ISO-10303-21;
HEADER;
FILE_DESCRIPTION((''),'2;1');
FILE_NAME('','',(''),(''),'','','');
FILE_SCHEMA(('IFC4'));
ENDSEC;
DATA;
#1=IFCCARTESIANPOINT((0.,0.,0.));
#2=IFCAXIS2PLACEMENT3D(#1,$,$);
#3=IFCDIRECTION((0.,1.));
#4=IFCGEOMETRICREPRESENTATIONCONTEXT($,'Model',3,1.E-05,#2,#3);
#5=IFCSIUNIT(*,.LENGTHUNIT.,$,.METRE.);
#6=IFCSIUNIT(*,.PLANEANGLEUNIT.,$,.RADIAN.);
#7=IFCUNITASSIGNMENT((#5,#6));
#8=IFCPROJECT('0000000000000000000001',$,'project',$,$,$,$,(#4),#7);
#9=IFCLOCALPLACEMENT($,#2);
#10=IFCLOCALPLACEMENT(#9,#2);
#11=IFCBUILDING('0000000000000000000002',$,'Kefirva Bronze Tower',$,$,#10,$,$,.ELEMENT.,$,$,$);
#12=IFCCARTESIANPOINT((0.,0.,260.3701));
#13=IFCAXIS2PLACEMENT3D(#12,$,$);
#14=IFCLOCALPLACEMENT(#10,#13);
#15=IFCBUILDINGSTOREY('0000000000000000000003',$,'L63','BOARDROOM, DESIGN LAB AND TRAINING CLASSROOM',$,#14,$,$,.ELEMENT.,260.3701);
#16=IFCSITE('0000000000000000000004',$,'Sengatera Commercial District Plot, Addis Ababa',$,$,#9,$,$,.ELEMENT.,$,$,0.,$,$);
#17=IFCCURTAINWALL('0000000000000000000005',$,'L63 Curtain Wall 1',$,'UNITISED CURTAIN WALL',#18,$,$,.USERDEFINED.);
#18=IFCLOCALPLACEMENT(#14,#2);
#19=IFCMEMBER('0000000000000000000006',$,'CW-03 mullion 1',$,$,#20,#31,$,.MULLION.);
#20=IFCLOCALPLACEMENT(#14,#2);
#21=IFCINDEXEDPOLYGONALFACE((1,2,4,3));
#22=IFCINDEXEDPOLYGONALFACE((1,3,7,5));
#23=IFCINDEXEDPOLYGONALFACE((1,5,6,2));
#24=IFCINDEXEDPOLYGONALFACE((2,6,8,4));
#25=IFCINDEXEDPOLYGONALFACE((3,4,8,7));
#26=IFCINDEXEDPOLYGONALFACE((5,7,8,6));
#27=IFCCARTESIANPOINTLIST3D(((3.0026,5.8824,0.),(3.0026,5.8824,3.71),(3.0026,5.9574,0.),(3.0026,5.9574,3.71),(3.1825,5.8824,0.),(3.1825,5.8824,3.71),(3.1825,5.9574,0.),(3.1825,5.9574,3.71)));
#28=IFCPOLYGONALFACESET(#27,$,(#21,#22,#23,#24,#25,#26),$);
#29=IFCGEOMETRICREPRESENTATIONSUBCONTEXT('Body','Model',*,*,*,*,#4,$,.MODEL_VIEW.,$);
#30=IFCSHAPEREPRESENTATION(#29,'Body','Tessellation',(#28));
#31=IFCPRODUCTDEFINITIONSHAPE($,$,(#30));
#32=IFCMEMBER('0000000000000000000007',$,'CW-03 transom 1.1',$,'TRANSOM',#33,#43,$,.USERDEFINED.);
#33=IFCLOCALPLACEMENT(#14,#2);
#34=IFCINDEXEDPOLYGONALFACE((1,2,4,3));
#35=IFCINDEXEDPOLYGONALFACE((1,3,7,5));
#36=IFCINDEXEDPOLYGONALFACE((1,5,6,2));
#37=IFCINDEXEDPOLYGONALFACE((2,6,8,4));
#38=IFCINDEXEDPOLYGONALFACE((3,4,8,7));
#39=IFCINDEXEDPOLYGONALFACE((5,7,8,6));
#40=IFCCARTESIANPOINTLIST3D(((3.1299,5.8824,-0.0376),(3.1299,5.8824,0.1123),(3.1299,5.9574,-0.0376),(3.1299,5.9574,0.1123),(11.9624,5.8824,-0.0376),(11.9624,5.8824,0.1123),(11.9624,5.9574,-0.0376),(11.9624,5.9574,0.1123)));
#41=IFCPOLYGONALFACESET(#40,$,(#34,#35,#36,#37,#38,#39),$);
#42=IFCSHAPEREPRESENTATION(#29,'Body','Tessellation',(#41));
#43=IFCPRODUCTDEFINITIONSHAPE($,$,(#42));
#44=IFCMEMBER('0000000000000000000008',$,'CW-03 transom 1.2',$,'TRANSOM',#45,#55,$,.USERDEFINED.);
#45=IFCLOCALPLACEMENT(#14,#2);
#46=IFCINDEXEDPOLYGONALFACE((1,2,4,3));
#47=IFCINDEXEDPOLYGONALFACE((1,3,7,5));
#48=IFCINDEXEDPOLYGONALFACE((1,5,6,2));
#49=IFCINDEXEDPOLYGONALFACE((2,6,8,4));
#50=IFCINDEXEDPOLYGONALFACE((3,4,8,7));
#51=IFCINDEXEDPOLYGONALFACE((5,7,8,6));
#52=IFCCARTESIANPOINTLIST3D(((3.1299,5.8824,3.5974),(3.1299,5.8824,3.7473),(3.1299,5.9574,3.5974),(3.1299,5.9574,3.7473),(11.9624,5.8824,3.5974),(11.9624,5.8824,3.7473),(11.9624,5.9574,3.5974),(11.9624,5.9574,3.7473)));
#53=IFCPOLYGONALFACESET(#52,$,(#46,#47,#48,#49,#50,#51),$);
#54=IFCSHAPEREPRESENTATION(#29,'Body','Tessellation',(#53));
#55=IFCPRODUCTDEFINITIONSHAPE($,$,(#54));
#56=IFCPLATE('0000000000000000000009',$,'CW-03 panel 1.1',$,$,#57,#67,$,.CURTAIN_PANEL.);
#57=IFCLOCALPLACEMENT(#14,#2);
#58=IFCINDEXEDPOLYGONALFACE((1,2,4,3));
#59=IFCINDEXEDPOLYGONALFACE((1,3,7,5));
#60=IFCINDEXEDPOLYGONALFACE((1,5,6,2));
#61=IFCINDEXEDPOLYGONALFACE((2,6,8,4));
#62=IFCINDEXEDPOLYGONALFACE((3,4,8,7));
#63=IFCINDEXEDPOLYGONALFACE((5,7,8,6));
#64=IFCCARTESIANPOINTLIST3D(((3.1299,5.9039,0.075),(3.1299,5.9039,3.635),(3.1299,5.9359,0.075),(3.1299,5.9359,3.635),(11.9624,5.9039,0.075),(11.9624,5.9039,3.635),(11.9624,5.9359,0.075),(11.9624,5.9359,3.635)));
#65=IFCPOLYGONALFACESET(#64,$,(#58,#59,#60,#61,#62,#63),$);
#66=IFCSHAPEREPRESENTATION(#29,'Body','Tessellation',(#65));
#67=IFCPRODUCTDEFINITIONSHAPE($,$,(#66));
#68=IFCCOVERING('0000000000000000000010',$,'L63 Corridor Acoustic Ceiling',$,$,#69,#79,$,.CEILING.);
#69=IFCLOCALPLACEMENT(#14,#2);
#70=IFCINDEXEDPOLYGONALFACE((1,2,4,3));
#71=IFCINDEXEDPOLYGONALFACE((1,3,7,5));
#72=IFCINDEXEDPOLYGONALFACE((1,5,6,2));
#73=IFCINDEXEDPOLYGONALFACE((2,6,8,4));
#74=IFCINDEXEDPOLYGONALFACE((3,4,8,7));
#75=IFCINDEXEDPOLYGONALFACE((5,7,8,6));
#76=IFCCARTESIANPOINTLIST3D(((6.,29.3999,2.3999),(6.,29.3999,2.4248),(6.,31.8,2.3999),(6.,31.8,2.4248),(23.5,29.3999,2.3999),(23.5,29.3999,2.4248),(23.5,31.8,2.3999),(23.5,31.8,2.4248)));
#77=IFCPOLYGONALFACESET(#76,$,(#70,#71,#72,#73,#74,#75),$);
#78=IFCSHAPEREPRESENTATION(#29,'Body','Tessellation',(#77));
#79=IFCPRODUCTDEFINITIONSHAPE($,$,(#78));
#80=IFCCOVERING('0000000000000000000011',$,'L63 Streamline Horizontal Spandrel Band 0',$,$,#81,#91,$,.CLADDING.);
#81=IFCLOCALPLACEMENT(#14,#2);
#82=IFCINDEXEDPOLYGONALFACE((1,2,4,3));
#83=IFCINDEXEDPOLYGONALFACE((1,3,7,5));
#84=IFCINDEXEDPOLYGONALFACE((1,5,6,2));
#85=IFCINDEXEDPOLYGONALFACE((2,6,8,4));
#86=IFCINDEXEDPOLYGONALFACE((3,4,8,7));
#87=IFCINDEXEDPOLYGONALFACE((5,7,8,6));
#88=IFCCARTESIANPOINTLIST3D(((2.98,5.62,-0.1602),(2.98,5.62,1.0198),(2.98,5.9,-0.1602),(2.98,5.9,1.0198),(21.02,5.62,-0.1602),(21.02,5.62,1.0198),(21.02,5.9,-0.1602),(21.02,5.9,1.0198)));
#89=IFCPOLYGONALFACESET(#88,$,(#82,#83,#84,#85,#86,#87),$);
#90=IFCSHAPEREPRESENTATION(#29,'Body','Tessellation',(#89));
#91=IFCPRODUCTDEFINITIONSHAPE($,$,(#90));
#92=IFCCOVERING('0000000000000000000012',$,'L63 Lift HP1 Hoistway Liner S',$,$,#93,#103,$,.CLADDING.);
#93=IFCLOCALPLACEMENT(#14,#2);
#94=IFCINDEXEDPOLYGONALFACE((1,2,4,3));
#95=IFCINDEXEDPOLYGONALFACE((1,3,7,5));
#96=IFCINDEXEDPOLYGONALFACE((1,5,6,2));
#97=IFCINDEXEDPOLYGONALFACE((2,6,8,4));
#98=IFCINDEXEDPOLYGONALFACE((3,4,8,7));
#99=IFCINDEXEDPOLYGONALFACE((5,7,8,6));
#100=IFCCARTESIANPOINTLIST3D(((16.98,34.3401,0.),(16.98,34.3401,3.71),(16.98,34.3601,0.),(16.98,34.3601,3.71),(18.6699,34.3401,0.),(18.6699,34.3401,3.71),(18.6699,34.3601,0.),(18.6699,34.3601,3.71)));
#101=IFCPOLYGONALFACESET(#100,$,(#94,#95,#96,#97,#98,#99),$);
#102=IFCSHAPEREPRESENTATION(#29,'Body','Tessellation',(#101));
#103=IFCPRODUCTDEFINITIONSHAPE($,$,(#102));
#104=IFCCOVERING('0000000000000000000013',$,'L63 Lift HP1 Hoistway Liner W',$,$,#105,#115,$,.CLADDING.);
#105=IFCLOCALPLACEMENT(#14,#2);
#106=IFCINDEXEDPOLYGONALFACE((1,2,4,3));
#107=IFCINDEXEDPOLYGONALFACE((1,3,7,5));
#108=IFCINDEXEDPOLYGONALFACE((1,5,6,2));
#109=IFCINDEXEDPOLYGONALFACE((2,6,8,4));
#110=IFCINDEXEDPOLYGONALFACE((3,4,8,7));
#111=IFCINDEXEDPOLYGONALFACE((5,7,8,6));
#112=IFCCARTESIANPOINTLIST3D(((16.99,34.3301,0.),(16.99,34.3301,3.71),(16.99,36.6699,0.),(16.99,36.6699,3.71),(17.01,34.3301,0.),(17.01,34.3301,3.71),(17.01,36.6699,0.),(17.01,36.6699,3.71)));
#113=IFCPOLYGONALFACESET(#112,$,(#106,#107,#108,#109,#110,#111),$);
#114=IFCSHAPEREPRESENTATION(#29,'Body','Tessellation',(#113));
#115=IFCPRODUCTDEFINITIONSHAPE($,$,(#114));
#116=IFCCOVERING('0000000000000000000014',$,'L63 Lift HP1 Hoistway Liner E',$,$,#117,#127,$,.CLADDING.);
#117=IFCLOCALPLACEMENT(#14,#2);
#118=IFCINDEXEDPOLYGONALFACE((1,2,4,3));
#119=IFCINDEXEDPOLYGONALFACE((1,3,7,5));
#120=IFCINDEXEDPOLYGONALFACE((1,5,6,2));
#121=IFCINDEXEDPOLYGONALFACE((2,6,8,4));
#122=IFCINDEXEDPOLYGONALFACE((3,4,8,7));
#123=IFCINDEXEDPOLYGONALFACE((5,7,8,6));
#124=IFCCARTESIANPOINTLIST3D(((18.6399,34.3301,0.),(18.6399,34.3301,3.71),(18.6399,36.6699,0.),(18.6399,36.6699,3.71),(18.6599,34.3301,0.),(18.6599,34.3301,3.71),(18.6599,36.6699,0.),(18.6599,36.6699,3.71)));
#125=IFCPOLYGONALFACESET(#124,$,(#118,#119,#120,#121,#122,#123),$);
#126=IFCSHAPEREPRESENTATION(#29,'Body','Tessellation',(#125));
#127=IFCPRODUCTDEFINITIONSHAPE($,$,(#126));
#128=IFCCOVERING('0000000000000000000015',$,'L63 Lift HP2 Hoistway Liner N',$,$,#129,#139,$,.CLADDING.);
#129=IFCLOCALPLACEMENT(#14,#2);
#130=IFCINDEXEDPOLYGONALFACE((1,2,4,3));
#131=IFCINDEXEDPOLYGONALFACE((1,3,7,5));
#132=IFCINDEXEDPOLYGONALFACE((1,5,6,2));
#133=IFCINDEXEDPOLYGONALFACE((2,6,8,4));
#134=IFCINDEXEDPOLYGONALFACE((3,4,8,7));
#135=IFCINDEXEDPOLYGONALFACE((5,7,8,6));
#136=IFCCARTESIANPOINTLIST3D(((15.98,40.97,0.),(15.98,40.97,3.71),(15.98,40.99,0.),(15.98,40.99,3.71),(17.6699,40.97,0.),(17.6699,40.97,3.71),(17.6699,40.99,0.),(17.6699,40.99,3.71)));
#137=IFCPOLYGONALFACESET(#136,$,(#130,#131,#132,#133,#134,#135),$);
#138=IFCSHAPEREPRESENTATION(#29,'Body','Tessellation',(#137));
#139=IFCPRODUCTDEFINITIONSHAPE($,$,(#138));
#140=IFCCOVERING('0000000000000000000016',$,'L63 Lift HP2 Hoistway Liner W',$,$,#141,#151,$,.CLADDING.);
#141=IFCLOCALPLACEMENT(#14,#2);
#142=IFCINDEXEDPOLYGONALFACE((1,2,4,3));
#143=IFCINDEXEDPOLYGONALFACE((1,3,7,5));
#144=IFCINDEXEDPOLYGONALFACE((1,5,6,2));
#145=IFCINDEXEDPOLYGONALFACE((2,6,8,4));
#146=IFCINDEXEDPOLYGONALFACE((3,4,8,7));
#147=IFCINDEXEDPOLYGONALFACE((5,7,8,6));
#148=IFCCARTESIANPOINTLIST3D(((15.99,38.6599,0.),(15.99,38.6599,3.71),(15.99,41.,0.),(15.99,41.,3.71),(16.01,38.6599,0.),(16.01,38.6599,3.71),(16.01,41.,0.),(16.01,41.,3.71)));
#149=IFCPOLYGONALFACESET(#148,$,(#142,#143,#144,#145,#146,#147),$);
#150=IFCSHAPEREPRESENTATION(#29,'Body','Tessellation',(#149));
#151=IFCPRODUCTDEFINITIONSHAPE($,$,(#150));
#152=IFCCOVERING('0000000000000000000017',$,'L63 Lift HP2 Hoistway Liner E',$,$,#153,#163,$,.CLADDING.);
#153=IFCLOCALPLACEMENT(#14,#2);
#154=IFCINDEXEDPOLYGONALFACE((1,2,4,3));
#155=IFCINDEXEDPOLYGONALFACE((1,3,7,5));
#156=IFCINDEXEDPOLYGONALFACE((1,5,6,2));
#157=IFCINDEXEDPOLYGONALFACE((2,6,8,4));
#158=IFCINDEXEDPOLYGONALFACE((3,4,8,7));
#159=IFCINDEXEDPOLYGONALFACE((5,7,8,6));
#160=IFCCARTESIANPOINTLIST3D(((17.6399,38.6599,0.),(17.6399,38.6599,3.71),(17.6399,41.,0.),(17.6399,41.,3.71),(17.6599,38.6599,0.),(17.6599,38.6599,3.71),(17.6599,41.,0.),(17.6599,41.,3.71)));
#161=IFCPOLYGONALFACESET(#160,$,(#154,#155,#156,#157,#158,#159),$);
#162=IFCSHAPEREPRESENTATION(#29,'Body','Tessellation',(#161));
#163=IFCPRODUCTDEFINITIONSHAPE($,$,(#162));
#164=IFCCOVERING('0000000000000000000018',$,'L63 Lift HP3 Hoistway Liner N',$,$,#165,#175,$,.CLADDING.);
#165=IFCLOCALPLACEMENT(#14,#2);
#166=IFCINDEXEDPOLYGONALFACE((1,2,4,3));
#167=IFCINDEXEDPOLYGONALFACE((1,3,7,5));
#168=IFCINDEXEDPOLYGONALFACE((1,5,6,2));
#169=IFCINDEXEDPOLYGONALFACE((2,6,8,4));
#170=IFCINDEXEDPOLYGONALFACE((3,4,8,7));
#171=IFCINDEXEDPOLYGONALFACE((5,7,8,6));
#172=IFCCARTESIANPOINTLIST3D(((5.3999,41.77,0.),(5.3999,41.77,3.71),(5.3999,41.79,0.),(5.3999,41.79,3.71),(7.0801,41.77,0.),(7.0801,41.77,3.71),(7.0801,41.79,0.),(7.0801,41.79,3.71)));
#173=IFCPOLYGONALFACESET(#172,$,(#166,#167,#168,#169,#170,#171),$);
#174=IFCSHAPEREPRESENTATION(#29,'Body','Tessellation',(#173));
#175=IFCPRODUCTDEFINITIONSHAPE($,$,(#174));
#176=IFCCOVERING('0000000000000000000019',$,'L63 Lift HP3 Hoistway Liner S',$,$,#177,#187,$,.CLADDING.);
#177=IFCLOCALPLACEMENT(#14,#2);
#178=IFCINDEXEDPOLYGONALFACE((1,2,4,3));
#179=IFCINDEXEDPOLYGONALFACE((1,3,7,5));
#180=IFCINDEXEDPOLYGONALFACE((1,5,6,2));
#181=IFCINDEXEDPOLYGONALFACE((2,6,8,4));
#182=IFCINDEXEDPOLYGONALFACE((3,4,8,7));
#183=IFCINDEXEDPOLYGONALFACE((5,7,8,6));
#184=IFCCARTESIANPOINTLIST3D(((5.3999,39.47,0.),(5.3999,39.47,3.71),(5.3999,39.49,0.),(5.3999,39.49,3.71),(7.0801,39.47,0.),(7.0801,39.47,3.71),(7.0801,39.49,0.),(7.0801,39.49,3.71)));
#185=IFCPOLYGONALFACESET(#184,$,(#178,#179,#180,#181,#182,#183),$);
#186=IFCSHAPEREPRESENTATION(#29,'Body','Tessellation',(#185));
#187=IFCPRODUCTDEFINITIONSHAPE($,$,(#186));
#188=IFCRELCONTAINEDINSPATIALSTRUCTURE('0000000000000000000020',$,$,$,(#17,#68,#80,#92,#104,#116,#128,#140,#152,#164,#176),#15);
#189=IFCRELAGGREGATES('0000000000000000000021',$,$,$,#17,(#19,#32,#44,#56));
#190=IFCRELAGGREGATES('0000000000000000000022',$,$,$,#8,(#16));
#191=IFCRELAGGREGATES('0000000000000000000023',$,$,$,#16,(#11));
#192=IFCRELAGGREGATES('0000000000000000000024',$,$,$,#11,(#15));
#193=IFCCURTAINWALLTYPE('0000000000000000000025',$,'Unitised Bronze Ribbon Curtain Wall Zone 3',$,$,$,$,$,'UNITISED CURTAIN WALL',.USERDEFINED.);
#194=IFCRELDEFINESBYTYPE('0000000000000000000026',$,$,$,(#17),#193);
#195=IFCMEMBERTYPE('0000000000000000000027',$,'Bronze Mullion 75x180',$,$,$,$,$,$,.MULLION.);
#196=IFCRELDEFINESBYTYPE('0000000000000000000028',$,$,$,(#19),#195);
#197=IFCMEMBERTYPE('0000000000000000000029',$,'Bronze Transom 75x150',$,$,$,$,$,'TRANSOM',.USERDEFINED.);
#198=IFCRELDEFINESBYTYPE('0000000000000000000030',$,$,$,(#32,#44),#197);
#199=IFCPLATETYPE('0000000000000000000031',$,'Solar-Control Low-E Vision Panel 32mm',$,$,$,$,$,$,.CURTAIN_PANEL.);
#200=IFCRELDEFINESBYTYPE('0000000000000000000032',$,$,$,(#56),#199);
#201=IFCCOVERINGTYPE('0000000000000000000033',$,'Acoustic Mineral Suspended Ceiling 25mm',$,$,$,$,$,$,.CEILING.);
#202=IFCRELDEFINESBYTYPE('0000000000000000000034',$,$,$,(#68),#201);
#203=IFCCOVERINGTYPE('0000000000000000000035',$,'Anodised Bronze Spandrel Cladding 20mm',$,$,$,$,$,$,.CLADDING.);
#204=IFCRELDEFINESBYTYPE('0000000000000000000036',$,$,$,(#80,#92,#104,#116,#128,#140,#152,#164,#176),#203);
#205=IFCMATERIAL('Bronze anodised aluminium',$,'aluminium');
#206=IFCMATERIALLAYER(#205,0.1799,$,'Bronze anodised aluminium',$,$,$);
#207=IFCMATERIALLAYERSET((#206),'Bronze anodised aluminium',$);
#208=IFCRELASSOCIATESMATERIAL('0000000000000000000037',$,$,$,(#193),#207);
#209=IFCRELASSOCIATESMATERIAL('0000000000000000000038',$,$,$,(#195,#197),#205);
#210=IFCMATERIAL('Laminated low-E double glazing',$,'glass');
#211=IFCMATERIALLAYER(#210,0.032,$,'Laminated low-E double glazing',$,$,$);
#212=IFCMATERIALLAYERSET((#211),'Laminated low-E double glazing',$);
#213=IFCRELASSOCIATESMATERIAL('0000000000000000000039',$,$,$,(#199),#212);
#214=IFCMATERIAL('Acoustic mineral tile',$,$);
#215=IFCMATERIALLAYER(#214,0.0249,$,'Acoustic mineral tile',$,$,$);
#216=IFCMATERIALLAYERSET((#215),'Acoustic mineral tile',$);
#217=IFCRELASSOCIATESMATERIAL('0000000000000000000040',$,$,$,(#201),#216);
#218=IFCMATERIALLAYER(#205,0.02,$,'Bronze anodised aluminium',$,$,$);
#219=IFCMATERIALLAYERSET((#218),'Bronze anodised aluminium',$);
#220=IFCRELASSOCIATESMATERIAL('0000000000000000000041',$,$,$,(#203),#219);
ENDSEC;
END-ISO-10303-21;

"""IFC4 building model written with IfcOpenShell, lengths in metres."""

from ifc_helpers import new_model, si_unit, direction, frame, origin, origin_2d, place, context, subcontext, project, spatial, polyline, rectangle, outline, extrude, material, layer, layer_set, material_profile, profile_set, type_object, element, aggregate, save


model = new_model("IFC4")

# Units and contexts
model_context = context("Model", 3, precision=1e-05, world=origin(), true_north=direction((0.0, 1.0)))
body_context = subcontext(model_context, "Body", "Model", "MODEL_VIEW")
ifc_project = project(units=[si_unit("LENGTHUNIT", "METRE"), si_unit("PLANEANGLEUNIT", "RADIAN")], contexts=[model_context])

# Site, building, storey
site_placement = place(None, origin())
site = spatial("IfcSite", under=ifc_project, at=site_placement, Name="Sengatera Commercial District Plot, Addis Ababa", CompositionType="ELEMENT", RefElevation=0.0)
building_placement = place(site_placement, origin())
building = spatial("IfcBuilding", under=site, at=building_placement, Name="Kefirva Bronze Tower", CompositionType="ELEMENT")
storey_placement = place(building_placement, frame((0.0, 0.0, 260.3701)))
storey = spatial("IfcBuildingStorey", under=building, at=storey_placement, Name="L63", Description="BOARDROOM, DESIGN LAB AND TRAINING CLASSROOM", CompositionType="ELEMENT", Elevation=260.3701)

# Curtain wall, members, plate
ifc_material_1 = material(Name="Bronze anodised aluminium", Category="aluminium")
ifc_layer_1 = layer(ifc_material_1, 0.1799, Name="Bronze anodised aluminium")
ifc_layer_set_1 = layer_set([ifc_layer_1], Name="Bronze anodised aluminium")
curtain_wall_type = type_object("IfcCurtainWallType", Name="Unitised Bronze Ribbon Curtain Wall Zone 3", ElementType="UNITISED CURTAIN WALL", PredefinedType="USERDEFINED", material=ifc_layer_set_1)
curtain_wall_placement = place(storey_placement, origin())
curtain_wall = element("IfcCurtainWall", 1, at=curtain_wall_placement, inside=storey, type_object=curtain_wall_type, Name="L63 Curtain Wall 1", ObjectType="UNITISED CURTAIN WALL", PredefinedType="USERDEFINED")
ifc_material_profile_1 = material_profile(ifc_material_1, rectangle(XDim=0.075, YDim=0.1799, at=origin_2d()), Name="ALU 75x180")
ifc_profile_set_1 = profile_set([ifc_material_profile_1], Name="Bronze anodised aluminium")
member_type_1 = type_object("IfcMemberType", Name="Bronze Mullion 75x180", PredefinedType="MULLION", material=ifc_profile_set_1)
member_1_placement = place(storey_placement, frame((3.0925, 5.9199, 0.0), z_axis=(0.0, 0.0, 1.0), x_axis=(0.0, 1.0, 0.0)))
member_1 = element("IfcMember", 2, at=member_1_placement, type_object=member_type_1, Name="CW-03 mullion 1", PredefinedType="MULLION", context=body_context, shape_type="SweptSolid", body=[
    extrude(rectangle(XDim=0.075, YDim=0.1799, at=origin_2d()), origin(), (0.0, 0.0, 1.0), 3.71),
])
ifc_material_profile_2 = material_profile(ifc_material_1, rectangle(XDim=0.075, YDim=0.1499, at=origin_2d()), Name="ALU 75x150")
ifc_profile_set_2 = profile_set([ifc_material_profile_2], Name="Bronze anodised aluminium")
member_type_2 = type_object("IfcMemberType", Name="Bronze Transom 75x150", ElementType="TRANSOM", PredefinedType="USERDEFINED", material=ifc_profile_set_2)
member_2_placement = place(storey_placement, frame((3.1299, 5.9199, 0.0374), z_axis=(1.0, 0.0, 0.0), x_axis=(0.0, 1.0, 0.0)))
member_2 = element("IfcMember", 3, at=member_2_placement, type_object=member_type_2, Name="CW-03 transom 1.1", ObjectType="TRANSOM", PredefinedType="USERDEFINED", context=body_context, shape_type="SweptSolid", body=[
    extrude(rectangle(XDim=0.075, YDim=0.1499, at=origin_2d()), origin(), (0.0, 0.0, 1.0), 8.8325),
])
member_3_placement = place(storey_placement, frame((3.1299, 5.9199, 3.6724), z_axis=(1.0, 0.0, 0.0), x_axis=(0.0, 1.0, 0.0)))
member_3 = element("IfcMember", 4, at=member_3_placement, type_object=member_type_2, Name="CW-03 transom 1.2", ObjectType="TRANSOM", PredefinedType="USERDEFINED", context=body_context, shape_type="SweptSolid", body=[
    extrude(rectangle(XDim=0.075, YDim=0.1499, at=origin_2d()), origin(), (0.0, 0.0, 1.0), 8.8325),
])
ifc_material_2 = material(Name="Laminated low-E double glazing", Category="glass")
ifc_layer_2 = layer(ifc_material_2, 0.032, Name="Laminated low-E double glazing")
ifc_layer_set_2 = layer_set([ifc_layer_2], Name="Laminated low-E double glazing")
plate_type = type_object("IfcPlateType", Name="Solar-Control Low-E Vision Panel 32mm", PredefinedType="CURTAIN_PANEL", material=ifc_layer_set_2)
plate_placement = place(storey_placement, frame((7.5461, 5.9199, 0.075), z_axis=(0.0, 0.0, 1.0), x_axis=(1.0, 0.0, 0.0)))
plate = element("IfcPlate", 5, at=plate_placement, type_object=plate_type, Name="CW-03 panel 1.1", PredefinedType="CURTAIN_PANEL", context=body_context, shape_type="SweptSolid", body=[
    extrude(rectangle(XDim=8.8325, YDim=0.032, at=origin_2d()), origin(), (0.0, 0.0, 1.0), 3.5601),
])
aggregate(curtain_wall, [member_1, member_2, member_3, plate])

# Coverings
ifc_material_3 = material(Name="Acoustic mineral tile")
ifc_layer_3 = layer(ifc_material_3, 0.0249, Name="Acoustic mineral tile")
ifc_layer_set_3 = layer_set([ifc_layer_3], Name="Acoustic mineral tile")
covering_type_1 = type_object("IfcCoveringType", Name="Acoustic Mineral Suspended Ceiling 25mm", PredefinedType="CEILING", material=ifc_layer_set_3)
covering_1_placement = place(storey_placement, frame((0.0, 0.0, 2.3999)))
element("IfcCovering", 6, at=covering_1_placement, inside=storey, type_object=covering_type_1, Name="L63 Corridor Acoustic Ceiling", PredefinedType="CEILING", context=body_context, shape_type="SweptSolid", body=[
    extrude(outline(polyline([(6.0, 29.3999), (23.5, 29.3999), (23.5, 31.8), (6.0, 31.8), (6.0, 29.3999)])), origin(), (0.0, 0.0, 1.0), 0.0249),
])
ifc_layer_4 = layer(ifc_material_1, 0.02, Name="Bronze anodised aluminium")
ifc_layer_set_4 = layer_set([ifc_layer_4], Name="Bronze anodised aluminium")
covering_type_2 = type_object("IfcCoveringType", Name="Anodised Bronze Spandrel Cladding 20mm", PredefinedType="CLADDING", material=ifc_layer_set_4)
covering_2_placement = place(storey_placement, frame((12.0, 5.76, -0.1602), z_axis=(0.0, 0.0, 1.0), x_axis=(1.0, 0.0, 0.0)))
element("IfcCovering", 7, at=covering_2_placement, inside=storey, type_object=covering_type_2, Name="L63 Streamline Horizontal Spandrel Band 0", PredefinedType="CLADDING", context=body_context, shape_type="SweptSolid", body=[
    extrude(rectangle(XDim=18.04, YDim=0.28, at=origin_2d()), origin(), (0.0, 0.0, 1.0), 1.1799),
])
covering_3_placement = place(storey_placement, origin())
element("IfcCovering", 8, at=covering_3_placement, inside=storey, type_object=covering_type_2, Name="L63 Lift HP1 Hoistway Liner S", PredefinedType="CLADDING", context=body_context, shape_type="SweptSolid", body=[
    extrude(outline(polyline([(16.98, 34.3401), (18.6699, 34.3401), (18.6699, 34.3601), (16.98, 34.3601), (16.98, 34.3401)])), origin(), (0.0, 0.0, 1.0), 3.71),
])
covering_4_placement = place(storey_placement, origin())
element("IfcCovering", 9, at=covering_4_placement, inside=storey, type_object=covering_type_2, Name="L63 Lift HP1 Hoistway Liner W", PredefinedType="CLADDING", context=body_context, shape_type="SweptSolid", body=[
    extrude(outline(polyline([(16.99, 34.3301), (17.01, 34.3301), (17.01, 36.6699), (16.99, 36.6699), (16.99, 34.3301)])), origin(), (0.0, 0.0, 1.0), 3.71),
])
covering_5_placement = place(storey_placement, origin())
element("IfcCovering", 10, at=covering_5_placement, inside=storey, type_object=covering_type_2, Name="L63 Lift HP1 Hoistway Liner E", PredefinedType="CLADDING", context=body_context, shape_type="SweptSolid", body=[
    extrude(outline(polyline([(18.6399, 34.3301), (18.6599, 34.3301), (18.6599, 36.6699), (18.6399, 36.6699), (18.6399, 34.3301)])), origin(), (0.0, 0.0, 1.0), 3.71),
])
covering_6_placement = place(storey_placement, origin())
element("IfcCovering", 11, at=covering_6_placement, inside=storey, type_object=covering_type_2, Name="L63 Lift HP2 Hoistway Liner N", PredefinedType="CLADDING", context=body_context, shape_type="SweptSolid", body=[
    extrude(outline(polyline([(15.98, 40.97), (17.6699, 40.97), (17.6699, 40.99), (15.98, 40.99), (15.98, 40.97)])), origin(), (0.0, 0.0, 1.0), 3.71),
])
covering_7_placement = place(storey_placement, origin())
element("IfcCovering", 12, at=covering_7_placement, inside=storey, type_object=covering_type_2, Name="L63 Lift HP2 Hoistway Liner W", PredefinedType="CLADDING", context=body_context, shape_type="SweptSolid", body=[
    extrude(outline(polyline([(15.99, 38.6599), (16.01, 38.6599), (16.01, 41.0), (15.99, 41.0), (15.99, 38.6599)])), origin(), (0.0, 0.0, 1.0), 3.71),
])
covering_8_placement = place(storey_placement, origin())
element("IfcCovering", 13, at=covering_8_placement, inside=storey, type_object=covering_type_2, Name="L63 Lift HP2 Hoistway Liner E", PredefinedType="CLADDING", context=body_context, shape_type="SweptSolid", body=[
    extrude(outline(polyline([(17.6399, 38.6599), (17.6599, 38.6599), (17.6599, 41.0), (17.6399, 41.0), (17.6399, 38.6599)])), origin(), (0.0, 0.0, 1.0), 3.71),
])
covering_9_placement = place(storey_placement, origin())
element("IfcCovering", 14, at=covering_9_placement, inside=storey, type_object=covering_type_2, Name="L63 Lift HP3 Hoistway Liner N", PredefinedType="CLADDING", context=body_context, shape_type="SweptSolid", body=[
    extrude(outline(polyline([(5.3999, 41.77), (7.0801, 41.77), (7.0801, 41.79), (5.3999, 41.79), (5.3999, 41.77)])), origin(), (0.0, 0.0, 1.0), 3.71),
])
covering_10_placement = place(storey_placement, origin())
element("IfcCovering", 15, at=covering_10_placement, inside=storey, type_object=covering_type_2, Name="L63 Lift HP3 Hoistway Liner S", PredefinedType="CLADDING", context=body_context, shape_type="SweptSolid", body=[
    extrude(outline(polyline([(5.3999, 39.47), (7.0801, 39.47), (7.0801, 39.49), (5.3999, 39.49), (5.3999, 39.47)])), origin(), (0.0, 0.0, 1.0), 3.71),
])

save(model, "model.ifc")
